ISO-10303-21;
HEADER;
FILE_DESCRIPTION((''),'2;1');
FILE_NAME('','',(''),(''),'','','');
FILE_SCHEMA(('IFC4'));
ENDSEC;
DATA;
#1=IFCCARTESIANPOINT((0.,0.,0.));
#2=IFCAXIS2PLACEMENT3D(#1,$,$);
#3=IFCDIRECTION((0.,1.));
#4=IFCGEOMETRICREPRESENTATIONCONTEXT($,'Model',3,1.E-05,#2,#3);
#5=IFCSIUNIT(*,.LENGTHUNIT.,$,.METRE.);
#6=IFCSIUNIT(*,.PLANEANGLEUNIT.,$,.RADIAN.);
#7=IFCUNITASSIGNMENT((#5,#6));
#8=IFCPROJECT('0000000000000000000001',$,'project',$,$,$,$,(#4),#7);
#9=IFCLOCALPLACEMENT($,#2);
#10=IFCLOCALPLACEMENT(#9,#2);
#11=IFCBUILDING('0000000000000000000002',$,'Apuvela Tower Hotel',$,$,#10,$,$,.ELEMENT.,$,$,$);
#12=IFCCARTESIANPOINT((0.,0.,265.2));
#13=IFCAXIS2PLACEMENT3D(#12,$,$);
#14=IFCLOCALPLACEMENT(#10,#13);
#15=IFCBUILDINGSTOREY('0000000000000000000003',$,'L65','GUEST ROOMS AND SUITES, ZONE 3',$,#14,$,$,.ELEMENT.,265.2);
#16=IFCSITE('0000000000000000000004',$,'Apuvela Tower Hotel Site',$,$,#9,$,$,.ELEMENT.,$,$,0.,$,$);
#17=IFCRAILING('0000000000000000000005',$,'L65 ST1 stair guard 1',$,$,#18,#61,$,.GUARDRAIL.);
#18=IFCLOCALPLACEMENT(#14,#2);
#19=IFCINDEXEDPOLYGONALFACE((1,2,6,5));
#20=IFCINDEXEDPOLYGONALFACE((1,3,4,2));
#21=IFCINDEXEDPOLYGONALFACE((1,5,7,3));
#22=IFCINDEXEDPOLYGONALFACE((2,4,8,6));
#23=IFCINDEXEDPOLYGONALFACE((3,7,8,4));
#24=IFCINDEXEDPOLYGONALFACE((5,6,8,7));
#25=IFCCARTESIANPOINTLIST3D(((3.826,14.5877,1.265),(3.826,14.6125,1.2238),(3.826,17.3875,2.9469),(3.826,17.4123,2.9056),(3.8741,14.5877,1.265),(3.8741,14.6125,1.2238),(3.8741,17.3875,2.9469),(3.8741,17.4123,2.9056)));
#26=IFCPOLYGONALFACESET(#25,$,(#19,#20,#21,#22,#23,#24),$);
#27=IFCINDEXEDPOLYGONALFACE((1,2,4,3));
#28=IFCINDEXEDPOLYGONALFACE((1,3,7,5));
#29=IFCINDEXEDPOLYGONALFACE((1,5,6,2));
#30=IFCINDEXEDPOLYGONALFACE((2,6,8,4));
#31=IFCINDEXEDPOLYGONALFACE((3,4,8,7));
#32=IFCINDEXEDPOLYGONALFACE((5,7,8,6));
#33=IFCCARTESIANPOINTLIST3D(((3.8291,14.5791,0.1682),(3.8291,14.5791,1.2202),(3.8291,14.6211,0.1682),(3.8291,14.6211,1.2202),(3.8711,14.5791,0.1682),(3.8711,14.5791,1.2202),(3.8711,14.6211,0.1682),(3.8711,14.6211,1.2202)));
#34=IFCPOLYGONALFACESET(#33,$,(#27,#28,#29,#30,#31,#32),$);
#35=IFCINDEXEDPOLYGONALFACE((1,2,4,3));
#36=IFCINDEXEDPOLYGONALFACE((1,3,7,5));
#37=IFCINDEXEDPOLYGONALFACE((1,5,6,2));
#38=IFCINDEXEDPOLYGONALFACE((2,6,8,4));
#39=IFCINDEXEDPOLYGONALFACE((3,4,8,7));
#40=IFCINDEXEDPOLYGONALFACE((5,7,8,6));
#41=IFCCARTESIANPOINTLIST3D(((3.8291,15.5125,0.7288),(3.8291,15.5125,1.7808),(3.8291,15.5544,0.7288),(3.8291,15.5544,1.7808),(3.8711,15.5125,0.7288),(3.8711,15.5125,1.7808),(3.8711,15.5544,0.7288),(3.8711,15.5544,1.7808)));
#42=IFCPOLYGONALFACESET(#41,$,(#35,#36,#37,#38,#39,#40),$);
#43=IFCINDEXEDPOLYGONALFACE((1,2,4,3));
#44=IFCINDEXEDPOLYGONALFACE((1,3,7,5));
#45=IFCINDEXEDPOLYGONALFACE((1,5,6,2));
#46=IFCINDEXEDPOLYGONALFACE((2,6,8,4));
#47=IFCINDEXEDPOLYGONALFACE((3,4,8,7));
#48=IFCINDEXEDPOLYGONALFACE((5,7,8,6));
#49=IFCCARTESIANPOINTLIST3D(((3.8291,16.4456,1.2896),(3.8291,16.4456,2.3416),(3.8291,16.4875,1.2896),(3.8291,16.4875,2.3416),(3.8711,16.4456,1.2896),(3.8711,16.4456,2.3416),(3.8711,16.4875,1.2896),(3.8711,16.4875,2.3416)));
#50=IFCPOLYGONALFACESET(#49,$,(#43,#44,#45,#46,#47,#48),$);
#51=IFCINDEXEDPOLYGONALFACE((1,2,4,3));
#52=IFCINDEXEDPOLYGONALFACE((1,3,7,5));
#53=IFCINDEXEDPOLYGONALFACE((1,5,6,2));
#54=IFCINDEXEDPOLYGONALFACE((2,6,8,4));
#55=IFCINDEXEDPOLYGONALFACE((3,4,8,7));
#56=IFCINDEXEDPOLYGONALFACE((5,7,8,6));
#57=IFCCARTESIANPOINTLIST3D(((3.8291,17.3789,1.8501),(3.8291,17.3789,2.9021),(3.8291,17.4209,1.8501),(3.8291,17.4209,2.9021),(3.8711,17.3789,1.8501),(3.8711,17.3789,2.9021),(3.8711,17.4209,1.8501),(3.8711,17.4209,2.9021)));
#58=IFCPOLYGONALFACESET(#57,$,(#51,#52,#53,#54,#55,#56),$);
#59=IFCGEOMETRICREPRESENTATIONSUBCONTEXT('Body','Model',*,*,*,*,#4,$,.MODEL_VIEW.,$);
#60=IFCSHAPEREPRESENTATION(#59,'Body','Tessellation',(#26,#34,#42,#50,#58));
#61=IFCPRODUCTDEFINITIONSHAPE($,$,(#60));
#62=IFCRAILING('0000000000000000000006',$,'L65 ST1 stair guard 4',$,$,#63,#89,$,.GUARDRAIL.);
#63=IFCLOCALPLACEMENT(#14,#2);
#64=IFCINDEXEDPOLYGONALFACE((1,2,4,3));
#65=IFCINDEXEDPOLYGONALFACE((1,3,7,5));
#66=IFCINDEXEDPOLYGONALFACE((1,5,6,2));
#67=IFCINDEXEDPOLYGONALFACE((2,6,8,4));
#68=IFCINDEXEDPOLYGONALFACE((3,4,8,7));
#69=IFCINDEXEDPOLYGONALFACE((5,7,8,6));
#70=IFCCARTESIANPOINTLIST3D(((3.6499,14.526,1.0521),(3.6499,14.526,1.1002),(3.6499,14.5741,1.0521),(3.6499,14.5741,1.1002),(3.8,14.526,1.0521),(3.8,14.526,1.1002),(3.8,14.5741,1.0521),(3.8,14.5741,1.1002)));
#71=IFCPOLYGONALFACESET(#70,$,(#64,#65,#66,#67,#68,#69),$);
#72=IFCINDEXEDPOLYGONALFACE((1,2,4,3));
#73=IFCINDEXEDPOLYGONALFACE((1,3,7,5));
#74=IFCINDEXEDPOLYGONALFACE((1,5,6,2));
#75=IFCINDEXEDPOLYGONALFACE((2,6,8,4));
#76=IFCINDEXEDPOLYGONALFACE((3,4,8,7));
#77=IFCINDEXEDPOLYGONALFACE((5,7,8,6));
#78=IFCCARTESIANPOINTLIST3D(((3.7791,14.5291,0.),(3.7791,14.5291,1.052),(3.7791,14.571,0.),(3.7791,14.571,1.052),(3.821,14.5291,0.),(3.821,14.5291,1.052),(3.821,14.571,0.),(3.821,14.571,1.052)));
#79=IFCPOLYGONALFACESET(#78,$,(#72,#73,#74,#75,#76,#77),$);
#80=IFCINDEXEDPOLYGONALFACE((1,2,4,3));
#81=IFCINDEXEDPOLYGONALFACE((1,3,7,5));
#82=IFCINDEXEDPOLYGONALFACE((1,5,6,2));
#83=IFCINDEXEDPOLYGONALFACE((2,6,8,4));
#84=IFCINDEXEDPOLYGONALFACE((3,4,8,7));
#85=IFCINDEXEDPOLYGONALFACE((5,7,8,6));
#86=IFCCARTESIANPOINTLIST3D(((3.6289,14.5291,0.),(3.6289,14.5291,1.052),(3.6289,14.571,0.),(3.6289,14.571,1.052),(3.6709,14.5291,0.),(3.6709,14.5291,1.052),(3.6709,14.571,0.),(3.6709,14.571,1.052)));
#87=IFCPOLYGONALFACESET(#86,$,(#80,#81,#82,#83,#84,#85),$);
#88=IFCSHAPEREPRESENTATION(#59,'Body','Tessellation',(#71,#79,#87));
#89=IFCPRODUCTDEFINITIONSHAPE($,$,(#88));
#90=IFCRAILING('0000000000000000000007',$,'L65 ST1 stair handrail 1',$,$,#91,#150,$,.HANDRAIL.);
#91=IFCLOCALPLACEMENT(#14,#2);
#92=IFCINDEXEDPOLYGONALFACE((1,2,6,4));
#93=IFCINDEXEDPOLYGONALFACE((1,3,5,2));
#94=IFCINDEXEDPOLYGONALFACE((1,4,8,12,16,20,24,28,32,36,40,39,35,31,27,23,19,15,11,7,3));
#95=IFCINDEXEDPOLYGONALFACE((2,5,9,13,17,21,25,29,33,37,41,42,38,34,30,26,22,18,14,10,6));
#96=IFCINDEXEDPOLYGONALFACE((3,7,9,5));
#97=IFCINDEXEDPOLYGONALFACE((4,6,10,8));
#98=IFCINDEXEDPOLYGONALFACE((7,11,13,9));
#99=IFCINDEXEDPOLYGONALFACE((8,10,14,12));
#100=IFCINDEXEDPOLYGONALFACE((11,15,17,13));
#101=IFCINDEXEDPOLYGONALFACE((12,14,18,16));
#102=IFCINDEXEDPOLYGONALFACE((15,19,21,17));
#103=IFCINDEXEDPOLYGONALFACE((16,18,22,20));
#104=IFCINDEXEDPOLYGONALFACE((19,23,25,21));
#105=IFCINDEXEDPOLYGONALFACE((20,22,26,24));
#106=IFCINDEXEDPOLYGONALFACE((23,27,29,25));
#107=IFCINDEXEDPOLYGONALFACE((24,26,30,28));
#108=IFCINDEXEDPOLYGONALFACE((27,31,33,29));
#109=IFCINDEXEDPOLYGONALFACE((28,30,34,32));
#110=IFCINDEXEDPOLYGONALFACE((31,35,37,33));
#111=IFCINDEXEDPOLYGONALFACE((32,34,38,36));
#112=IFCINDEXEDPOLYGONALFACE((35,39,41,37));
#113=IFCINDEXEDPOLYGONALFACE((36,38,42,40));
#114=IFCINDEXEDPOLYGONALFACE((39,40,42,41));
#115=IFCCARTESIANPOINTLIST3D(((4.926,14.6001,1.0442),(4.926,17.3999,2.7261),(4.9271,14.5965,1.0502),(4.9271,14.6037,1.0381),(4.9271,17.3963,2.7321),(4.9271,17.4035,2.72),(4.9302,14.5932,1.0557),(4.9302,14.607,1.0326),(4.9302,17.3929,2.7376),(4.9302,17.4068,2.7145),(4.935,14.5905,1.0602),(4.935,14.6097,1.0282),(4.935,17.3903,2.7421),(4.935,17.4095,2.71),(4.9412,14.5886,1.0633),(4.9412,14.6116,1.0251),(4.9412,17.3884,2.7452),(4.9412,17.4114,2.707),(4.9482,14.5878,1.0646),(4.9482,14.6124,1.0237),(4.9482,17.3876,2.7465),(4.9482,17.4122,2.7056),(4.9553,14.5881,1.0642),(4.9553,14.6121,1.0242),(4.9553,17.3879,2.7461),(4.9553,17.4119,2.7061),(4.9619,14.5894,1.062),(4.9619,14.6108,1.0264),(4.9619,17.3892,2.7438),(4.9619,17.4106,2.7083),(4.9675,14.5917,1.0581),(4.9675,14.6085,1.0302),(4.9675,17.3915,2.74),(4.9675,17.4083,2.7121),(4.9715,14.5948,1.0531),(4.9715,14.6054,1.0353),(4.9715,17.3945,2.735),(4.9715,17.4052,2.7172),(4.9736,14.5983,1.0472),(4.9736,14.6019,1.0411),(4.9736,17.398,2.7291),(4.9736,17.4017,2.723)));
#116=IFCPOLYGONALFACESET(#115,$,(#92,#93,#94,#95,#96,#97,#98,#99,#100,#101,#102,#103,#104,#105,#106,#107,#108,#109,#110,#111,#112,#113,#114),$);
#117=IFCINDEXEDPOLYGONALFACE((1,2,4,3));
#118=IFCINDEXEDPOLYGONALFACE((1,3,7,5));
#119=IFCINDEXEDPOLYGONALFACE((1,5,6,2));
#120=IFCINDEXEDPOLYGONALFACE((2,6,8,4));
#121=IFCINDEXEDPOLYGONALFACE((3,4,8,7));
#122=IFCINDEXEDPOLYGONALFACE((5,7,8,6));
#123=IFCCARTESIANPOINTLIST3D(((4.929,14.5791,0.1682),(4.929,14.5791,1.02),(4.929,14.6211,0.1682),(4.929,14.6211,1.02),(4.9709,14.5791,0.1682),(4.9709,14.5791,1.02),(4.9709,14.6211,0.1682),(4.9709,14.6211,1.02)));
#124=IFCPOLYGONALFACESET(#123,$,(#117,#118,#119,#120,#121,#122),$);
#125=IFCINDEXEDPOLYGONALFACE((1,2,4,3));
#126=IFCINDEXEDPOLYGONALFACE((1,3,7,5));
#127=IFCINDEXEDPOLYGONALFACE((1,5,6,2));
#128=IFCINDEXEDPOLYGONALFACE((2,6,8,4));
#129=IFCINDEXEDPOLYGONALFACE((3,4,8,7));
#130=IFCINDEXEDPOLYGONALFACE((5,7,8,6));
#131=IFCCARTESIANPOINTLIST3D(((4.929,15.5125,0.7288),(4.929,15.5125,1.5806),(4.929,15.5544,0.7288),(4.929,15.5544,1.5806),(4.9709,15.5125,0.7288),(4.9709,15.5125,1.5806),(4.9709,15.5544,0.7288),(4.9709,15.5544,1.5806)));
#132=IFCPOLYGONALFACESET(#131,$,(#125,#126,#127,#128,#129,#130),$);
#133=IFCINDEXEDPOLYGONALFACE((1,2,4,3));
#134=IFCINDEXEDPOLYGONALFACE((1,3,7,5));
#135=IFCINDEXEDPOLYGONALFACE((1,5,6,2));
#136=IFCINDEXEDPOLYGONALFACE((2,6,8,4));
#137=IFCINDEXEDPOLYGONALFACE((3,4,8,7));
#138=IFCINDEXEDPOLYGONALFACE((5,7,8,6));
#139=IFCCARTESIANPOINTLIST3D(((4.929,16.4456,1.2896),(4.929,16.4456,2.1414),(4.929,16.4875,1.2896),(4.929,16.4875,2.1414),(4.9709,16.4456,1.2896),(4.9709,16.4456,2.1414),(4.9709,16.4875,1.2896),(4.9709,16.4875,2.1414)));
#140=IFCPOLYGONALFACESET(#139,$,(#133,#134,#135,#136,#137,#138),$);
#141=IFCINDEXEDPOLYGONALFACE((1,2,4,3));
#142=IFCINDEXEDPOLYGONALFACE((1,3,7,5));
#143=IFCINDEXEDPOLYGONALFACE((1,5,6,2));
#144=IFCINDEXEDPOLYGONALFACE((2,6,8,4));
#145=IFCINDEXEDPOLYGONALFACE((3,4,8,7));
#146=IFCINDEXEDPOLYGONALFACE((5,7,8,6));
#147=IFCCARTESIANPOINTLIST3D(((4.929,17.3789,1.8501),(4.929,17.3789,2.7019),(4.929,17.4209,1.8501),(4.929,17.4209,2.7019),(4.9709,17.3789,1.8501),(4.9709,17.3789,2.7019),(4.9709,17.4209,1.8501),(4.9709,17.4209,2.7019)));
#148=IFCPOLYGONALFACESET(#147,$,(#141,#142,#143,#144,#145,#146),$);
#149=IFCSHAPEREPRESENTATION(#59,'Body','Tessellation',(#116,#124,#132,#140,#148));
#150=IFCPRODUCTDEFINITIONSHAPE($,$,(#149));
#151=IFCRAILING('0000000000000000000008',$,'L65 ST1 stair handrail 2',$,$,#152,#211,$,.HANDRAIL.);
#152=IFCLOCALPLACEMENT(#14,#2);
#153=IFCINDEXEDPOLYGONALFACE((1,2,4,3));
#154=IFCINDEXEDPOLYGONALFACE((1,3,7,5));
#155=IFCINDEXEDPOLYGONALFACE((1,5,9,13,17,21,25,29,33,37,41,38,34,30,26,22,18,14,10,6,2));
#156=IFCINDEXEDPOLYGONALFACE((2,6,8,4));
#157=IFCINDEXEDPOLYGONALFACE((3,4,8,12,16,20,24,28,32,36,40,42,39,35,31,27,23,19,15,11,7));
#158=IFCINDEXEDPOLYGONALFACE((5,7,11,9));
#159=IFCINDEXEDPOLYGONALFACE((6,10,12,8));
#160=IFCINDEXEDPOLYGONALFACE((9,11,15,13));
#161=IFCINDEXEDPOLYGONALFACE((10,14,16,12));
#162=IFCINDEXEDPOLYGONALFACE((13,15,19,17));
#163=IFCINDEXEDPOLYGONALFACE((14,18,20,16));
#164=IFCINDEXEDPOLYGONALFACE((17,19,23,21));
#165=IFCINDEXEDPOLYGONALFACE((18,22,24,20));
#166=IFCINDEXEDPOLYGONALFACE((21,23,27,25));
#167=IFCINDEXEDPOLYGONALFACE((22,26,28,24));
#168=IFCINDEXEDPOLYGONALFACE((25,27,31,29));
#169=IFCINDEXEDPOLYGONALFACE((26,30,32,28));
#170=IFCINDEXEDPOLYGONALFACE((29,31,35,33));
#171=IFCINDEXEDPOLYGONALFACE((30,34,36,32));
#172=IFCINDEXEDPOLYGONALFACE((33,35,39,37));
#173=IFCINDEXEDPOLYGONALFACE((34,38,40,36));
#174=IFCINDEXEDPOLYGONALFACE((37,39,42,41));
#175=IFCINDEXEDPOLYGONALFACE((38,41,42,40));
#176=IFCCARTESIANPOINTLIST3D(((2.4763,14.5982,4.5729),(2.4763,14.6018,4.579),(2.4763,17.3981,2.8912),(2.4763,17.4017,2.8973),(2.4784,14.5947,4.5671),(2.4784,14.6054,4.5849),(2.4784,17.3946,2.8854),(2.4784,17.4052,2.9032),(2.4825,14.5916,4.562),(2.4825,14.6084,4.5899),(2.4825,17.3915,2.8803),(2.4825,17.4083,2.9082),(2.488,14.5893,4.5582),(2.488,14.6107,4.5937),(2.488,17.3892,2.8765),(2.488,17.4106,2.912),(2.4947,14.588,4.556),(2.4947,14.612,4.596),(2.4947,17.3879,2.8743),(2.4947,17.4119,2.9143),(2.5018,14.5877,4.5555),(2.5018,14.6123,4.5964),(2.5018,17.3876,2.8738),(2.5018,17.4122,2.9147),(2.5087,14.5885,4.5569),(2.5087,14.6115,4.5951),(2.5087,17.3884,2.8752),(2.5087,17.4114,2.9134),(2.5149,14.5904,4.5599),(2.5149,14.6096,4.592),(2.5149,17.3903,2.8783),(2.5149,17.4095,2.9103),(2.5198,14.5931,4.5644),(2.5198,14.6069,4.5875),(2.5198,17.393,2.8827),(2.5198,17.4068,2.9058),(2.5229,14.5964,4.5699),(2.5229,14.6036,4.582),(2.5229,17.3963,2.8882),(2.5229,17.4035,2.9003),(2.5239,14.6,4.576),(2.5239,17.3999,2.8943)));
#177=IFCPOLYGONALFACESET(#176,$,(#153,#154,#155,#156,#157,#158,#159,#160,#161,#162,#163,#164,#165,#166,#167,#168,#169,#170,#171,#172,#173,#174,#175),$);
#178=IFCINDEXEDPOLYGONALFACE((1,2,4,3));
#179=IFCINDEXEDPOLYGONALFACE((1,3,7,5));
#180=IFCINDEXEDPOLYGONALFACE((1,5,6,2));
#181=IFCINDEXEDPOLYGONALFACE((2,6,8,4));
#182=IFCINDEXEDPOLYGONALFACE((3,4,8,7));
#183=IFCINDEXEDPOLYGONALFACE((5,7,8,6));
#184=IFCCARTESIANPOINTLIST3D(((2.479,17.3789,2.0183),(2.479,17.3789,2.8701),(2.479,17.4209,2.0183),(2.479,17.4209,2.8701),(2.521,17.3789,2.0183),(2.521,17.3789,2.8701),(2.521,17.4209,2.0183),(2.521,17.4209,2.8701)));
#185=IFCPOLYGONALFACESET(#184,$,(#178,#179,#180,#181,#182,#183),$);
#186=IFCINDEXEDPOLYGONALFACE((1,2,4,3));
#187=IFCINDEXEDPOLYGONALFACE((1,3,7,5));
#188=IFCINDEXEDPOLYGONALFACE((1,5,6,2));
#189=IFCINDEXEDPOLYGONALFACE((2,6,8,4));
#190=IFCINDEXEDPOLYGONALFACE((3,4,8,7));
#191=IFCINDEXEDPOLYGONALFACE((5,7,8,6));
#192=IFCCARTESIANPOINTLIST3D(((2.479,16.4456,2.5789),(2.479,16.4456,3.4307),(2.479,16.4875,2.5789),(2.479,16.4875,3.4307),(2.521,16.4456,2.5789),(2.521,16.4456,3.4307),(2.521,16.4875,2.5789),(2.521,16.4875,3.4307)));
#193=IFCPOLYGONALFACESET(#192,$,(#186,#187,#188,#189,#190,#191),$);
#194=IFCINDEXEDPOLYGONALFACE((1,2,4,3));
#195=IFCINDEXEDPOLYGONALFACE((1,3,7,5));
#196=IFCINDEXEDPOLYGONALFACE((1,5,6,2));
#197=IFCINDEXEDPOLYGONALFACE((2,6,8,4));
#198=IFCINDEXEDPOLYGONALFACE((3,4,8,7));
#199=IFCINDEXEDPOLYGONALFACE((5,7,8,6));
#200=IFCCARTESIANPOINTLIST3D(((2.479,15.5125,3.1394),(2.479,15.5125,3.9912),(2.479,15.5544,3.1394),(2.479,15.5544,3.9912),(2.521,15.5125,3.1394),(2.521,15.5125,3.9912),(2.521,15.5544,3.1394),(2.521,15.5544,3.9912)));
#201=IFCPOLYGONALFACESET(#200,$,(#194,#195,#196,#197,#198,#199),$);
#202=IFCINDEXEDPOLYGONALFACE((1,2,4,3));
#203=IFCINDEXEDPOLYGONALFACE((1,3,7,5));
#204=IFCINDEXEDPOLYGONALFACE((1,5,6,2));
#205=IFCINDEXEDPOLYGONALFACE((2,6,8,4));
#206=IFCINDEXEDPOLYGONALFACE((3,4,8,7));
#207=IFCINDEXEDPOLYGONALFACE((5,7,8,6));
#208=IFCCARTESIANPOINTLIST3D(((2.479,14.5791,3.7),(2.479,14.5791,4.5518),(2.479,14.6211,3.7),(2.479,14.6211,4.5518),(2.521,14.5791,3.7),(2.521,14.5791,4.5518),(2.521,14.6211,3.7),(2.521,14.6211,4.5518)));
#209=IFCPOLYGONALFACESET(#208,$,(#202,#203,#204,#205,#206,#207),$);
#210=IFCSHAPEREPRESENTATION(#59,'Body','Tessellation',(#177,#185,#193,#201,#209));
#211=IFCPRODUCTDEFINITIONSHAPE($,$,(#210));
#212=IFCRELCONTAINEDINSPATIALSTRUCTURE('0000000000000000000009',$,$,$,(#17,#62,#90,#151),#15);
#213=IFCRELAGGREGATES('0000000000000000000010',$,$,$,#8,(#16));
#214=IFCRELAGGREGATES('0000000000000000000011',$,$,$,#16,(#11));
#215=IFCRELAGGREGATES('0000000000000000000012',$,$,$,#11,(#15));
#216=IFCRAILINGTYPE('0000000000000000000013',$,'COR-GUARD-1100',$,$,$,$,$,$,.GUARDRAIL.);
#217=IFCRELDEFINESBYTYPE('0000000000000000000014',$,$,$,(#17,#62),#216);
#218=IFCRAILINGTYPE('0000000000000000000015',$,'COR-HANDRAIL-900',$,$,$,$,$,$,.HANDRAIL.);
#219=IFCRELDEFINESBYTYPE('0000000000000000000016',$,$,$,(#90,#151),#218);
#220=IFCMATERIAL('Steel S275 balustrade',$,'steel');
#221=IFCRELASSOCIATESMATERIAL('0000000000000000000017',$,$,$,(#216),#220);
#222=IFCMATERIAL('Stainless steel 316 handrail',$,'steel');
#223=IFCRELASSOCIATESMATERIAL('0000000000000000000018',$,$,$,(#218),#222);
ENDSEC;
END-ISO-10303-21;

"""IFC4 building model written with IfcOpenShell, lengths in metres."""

from ifc_helpers import new_model, si_unit, direction, frame, origin, origin_2d, place, context, subcontext, project, spatial, rectangle, circle, extrude, material, type_object, element, save


model = new_model("IFC4")

# Units and contexts
model_context = context("Model", 3, precision=1e-05, world=origin(), true_north=direction((0.0, 1.0)))
body_context = subcontext(model_context, "Body", "Model", "MODEL_VIEW")
ifc_project = project(units=[si_unit("LENGTHUNIT", "METRE"), si_unit("PLANEANGLEUNIT", "RADIAN")], contexts=[model_context])

# Site, building, storey
site_placement = place(None, origin())
site = spatial("IfcSite", under=ifc_project, at=site_placement, Name="Apuvela Tower Hotel Site", CompositionType="ELEMENT", RefElevation=0.0)
building_placement = place(site_placement, origin())
building = spatial("IfcBuilding", under=site, at=building_placement, Name="Apuvela Tower Hotel", CompositionType="ELEMENT")
storey_placement = place(building_placement, frame((0.0, 0.0, 265.2)))
storey = spatial("IfcBuildingStorey", under=building, at=storey_placement, Name="L65", Description="GUEST ROOMS AND SUITES, ZONE 3", CompositionType="ELEMENT", Elevation=265.2)

# Railings
ifc_material_1 = material(Name="Steel S275 balustrade", Category="steel")
railing_type_1 = type_object("IfcRailingType", Name="COR-GUARD-1100", PredefinedType="GUARDRAIL", material=ifc_material_1)
railing_1_placement = place(storey_placement, frame((3.8501, 14.6001, 0.1682)))
element("IfcRailing", 1, at=railing_1_placement, inside=storey, type_object=railing_type_1, Name="L65 ST1 stair guard 1", PredefinedType="GUARDRAIL", context=body_context, shape_type="SweptSolid", body=[
    extrude(rectangle(XDim=0.0481, YDim=0.0481, at=origin_2d()), frame((0.0, 0.0, 1.0762), z_axis=(0.0, 0.857222, 0.514946), x_axis=(-1.0, 0.0, 0.0)), (0.0, 0.0, 1.0), 3.2661),
    extrude(rectangle(XDim=0.042, YDim=0.042, at=origin_2d()), origin(), (0.0, 0.0, 1.0), 1.052),
    extrude(rectangle(XDim=0.042, YDim=0.042, at=origin_2d()), frame((0.0, 0.9333, 0.5605)), (0.0, 0.0, 1.0), 1.052),
    extrude(rectangle(XDim=0.042, YDim=0.042, at=origin_2d()), frame((0.0, 1.8665, 1.1213)), (0.0, 0.0, 1.0), 1.052),
    extrude(rectangle(XDim=0.042, YDim=0.042, at=origin_2d()), frame((0.0, 2.7998, 1.6819)), (0.0, 0.0, 1.0), 1.052),
])
railing_2_placement = place(storey_placement, frame((3.8, 14.55, 0.0)))
element("IfcRailing", 2, at=railing_2_placement, inside=storey, type_object=railing_type_1, Name="L65 ST1 stair guard 4", PredefinedType="GUARDRAIL", context=body_context, shape_type="SweptSolid", body=[
    extrude(rectangle(XDim=0.0481, YDim=0.0481, at=origin_2d()), frame((0.0, 0.0, 1.0762), z_axis=(-1.0, 0.0, 0.0), x_axis=(0.0, -1.0, 0.0)), (0.0, 0.0, 1.0), 0.1501),
    extrude(rectangle(XDim=0.042, YDim=0.042, at=origin_2d()), origin(), (0.0, 0.0, 1.0), 1.052),
    extrude(rectangle(XDim=0.042, YDim=0.042, at=origin_2d()), frame((-0.1501, 0.0, 0.0)), (0.0, 0.0, 1.0), 1.052),
])
ifc_material_2 = material(Name="Stainless steel 316 handrail", Category="steel")
railing_type_2 = type_object("IfcRailingType", Name="COR-HANDRAIL-900", PredefinedType="HANDRAIL", material=ifc_material_2)
railing_3_placement = place(storey_placement, frame((4.95, 14.6001, 0.1682)))
element("IfcRailing", 3, at=railing_3_placement, inside=storey, type_object=railing_type_2, Name="L65 ST1 stair handrail 1", PredefinedType="HANDRAIL", context=body_context, shape_type="SweptSolid", body=[
    extrude(circle(Radius=0.0239, at=origin_2d()), frame((0.0, 0.0, 0.876), z_axis=(0.0, 0.857222, 0.514946), x_axis=(-1.0, 0.0, 0.0)), (0.0, 0.0, 1.0), 3.2661),
    extrude(rectangle(XDim=0.042, YDim=0.042, at=origin_2d()), origin(), (0.0, 0.0, 1.0), 0.8518),
    extrude(rectangle(XDim=0.042, YDim=0.042, at=origin_2d()), frame((0.0, 0.9333, 0.5605)), (0.0, 0.0, 1.0), 0.8518),
    extrude(rectangle(XDim=0.042, YDim=0.042, at=origin_2d()), frame((0.0, 1.8665, 1.1213)), (0.0, 0.0, 1.0), 0.8518),
    extrude(rectangle(XDim=0.042, YDim=0.042, at=origin_2d()), frame((0.0, 2.7998, 1.6819)), (0.0, 0.0, 1.0), 0.8518),
])
railing_4_placement = place(storey_placement, frame((2.5, 17.3999, 2.0183)))
element("IfcRailing", 4, at=railing_4_placement, inside=storey, type_object=railing_type_2, Name="L65 ST1 stair handrail 2", PredefinedType="HANDRAIL", context=body_context, shape_type="SweptSolid", body=[
    extrude(circle(Radius=0.0239, at=origin_2d()), frame((0.0, 0.0, 0.876), z_axis=(0.0, -0.857255, 0.514891), x_axis=(1.0, 0.0, 0.0)), (0.0, 0.0, 1.0), 3.2661),
    extrude(rectangle(XDim=0.042, YDim=0.042, at=origin_2d()), origin(), (0.0, 0.0, 1.0), 0.8518),
    extrude(rectangle(XDim=0.042, YDim=0.042, at=origin_2d()), frame((0.0, -0.9333, 0.5605)), (0.0, 0.0, 1.0), 0.8518),
    extrude(rectangle(XDim=0.042, YDim=0.042, at=origin_2d()), frame((0.0, -1.8665, 1.1211)), (0.0, 0.0, 1.0), 0.8518),
    extrude(rectangle(XDim=0.042, YDim=0.042, at=origin_2d()), frame((0.0, -2.7998, 1.6816)), (0.0, 0.0, 1.0), 0.8518),
])

save(model, "model.ifc")
